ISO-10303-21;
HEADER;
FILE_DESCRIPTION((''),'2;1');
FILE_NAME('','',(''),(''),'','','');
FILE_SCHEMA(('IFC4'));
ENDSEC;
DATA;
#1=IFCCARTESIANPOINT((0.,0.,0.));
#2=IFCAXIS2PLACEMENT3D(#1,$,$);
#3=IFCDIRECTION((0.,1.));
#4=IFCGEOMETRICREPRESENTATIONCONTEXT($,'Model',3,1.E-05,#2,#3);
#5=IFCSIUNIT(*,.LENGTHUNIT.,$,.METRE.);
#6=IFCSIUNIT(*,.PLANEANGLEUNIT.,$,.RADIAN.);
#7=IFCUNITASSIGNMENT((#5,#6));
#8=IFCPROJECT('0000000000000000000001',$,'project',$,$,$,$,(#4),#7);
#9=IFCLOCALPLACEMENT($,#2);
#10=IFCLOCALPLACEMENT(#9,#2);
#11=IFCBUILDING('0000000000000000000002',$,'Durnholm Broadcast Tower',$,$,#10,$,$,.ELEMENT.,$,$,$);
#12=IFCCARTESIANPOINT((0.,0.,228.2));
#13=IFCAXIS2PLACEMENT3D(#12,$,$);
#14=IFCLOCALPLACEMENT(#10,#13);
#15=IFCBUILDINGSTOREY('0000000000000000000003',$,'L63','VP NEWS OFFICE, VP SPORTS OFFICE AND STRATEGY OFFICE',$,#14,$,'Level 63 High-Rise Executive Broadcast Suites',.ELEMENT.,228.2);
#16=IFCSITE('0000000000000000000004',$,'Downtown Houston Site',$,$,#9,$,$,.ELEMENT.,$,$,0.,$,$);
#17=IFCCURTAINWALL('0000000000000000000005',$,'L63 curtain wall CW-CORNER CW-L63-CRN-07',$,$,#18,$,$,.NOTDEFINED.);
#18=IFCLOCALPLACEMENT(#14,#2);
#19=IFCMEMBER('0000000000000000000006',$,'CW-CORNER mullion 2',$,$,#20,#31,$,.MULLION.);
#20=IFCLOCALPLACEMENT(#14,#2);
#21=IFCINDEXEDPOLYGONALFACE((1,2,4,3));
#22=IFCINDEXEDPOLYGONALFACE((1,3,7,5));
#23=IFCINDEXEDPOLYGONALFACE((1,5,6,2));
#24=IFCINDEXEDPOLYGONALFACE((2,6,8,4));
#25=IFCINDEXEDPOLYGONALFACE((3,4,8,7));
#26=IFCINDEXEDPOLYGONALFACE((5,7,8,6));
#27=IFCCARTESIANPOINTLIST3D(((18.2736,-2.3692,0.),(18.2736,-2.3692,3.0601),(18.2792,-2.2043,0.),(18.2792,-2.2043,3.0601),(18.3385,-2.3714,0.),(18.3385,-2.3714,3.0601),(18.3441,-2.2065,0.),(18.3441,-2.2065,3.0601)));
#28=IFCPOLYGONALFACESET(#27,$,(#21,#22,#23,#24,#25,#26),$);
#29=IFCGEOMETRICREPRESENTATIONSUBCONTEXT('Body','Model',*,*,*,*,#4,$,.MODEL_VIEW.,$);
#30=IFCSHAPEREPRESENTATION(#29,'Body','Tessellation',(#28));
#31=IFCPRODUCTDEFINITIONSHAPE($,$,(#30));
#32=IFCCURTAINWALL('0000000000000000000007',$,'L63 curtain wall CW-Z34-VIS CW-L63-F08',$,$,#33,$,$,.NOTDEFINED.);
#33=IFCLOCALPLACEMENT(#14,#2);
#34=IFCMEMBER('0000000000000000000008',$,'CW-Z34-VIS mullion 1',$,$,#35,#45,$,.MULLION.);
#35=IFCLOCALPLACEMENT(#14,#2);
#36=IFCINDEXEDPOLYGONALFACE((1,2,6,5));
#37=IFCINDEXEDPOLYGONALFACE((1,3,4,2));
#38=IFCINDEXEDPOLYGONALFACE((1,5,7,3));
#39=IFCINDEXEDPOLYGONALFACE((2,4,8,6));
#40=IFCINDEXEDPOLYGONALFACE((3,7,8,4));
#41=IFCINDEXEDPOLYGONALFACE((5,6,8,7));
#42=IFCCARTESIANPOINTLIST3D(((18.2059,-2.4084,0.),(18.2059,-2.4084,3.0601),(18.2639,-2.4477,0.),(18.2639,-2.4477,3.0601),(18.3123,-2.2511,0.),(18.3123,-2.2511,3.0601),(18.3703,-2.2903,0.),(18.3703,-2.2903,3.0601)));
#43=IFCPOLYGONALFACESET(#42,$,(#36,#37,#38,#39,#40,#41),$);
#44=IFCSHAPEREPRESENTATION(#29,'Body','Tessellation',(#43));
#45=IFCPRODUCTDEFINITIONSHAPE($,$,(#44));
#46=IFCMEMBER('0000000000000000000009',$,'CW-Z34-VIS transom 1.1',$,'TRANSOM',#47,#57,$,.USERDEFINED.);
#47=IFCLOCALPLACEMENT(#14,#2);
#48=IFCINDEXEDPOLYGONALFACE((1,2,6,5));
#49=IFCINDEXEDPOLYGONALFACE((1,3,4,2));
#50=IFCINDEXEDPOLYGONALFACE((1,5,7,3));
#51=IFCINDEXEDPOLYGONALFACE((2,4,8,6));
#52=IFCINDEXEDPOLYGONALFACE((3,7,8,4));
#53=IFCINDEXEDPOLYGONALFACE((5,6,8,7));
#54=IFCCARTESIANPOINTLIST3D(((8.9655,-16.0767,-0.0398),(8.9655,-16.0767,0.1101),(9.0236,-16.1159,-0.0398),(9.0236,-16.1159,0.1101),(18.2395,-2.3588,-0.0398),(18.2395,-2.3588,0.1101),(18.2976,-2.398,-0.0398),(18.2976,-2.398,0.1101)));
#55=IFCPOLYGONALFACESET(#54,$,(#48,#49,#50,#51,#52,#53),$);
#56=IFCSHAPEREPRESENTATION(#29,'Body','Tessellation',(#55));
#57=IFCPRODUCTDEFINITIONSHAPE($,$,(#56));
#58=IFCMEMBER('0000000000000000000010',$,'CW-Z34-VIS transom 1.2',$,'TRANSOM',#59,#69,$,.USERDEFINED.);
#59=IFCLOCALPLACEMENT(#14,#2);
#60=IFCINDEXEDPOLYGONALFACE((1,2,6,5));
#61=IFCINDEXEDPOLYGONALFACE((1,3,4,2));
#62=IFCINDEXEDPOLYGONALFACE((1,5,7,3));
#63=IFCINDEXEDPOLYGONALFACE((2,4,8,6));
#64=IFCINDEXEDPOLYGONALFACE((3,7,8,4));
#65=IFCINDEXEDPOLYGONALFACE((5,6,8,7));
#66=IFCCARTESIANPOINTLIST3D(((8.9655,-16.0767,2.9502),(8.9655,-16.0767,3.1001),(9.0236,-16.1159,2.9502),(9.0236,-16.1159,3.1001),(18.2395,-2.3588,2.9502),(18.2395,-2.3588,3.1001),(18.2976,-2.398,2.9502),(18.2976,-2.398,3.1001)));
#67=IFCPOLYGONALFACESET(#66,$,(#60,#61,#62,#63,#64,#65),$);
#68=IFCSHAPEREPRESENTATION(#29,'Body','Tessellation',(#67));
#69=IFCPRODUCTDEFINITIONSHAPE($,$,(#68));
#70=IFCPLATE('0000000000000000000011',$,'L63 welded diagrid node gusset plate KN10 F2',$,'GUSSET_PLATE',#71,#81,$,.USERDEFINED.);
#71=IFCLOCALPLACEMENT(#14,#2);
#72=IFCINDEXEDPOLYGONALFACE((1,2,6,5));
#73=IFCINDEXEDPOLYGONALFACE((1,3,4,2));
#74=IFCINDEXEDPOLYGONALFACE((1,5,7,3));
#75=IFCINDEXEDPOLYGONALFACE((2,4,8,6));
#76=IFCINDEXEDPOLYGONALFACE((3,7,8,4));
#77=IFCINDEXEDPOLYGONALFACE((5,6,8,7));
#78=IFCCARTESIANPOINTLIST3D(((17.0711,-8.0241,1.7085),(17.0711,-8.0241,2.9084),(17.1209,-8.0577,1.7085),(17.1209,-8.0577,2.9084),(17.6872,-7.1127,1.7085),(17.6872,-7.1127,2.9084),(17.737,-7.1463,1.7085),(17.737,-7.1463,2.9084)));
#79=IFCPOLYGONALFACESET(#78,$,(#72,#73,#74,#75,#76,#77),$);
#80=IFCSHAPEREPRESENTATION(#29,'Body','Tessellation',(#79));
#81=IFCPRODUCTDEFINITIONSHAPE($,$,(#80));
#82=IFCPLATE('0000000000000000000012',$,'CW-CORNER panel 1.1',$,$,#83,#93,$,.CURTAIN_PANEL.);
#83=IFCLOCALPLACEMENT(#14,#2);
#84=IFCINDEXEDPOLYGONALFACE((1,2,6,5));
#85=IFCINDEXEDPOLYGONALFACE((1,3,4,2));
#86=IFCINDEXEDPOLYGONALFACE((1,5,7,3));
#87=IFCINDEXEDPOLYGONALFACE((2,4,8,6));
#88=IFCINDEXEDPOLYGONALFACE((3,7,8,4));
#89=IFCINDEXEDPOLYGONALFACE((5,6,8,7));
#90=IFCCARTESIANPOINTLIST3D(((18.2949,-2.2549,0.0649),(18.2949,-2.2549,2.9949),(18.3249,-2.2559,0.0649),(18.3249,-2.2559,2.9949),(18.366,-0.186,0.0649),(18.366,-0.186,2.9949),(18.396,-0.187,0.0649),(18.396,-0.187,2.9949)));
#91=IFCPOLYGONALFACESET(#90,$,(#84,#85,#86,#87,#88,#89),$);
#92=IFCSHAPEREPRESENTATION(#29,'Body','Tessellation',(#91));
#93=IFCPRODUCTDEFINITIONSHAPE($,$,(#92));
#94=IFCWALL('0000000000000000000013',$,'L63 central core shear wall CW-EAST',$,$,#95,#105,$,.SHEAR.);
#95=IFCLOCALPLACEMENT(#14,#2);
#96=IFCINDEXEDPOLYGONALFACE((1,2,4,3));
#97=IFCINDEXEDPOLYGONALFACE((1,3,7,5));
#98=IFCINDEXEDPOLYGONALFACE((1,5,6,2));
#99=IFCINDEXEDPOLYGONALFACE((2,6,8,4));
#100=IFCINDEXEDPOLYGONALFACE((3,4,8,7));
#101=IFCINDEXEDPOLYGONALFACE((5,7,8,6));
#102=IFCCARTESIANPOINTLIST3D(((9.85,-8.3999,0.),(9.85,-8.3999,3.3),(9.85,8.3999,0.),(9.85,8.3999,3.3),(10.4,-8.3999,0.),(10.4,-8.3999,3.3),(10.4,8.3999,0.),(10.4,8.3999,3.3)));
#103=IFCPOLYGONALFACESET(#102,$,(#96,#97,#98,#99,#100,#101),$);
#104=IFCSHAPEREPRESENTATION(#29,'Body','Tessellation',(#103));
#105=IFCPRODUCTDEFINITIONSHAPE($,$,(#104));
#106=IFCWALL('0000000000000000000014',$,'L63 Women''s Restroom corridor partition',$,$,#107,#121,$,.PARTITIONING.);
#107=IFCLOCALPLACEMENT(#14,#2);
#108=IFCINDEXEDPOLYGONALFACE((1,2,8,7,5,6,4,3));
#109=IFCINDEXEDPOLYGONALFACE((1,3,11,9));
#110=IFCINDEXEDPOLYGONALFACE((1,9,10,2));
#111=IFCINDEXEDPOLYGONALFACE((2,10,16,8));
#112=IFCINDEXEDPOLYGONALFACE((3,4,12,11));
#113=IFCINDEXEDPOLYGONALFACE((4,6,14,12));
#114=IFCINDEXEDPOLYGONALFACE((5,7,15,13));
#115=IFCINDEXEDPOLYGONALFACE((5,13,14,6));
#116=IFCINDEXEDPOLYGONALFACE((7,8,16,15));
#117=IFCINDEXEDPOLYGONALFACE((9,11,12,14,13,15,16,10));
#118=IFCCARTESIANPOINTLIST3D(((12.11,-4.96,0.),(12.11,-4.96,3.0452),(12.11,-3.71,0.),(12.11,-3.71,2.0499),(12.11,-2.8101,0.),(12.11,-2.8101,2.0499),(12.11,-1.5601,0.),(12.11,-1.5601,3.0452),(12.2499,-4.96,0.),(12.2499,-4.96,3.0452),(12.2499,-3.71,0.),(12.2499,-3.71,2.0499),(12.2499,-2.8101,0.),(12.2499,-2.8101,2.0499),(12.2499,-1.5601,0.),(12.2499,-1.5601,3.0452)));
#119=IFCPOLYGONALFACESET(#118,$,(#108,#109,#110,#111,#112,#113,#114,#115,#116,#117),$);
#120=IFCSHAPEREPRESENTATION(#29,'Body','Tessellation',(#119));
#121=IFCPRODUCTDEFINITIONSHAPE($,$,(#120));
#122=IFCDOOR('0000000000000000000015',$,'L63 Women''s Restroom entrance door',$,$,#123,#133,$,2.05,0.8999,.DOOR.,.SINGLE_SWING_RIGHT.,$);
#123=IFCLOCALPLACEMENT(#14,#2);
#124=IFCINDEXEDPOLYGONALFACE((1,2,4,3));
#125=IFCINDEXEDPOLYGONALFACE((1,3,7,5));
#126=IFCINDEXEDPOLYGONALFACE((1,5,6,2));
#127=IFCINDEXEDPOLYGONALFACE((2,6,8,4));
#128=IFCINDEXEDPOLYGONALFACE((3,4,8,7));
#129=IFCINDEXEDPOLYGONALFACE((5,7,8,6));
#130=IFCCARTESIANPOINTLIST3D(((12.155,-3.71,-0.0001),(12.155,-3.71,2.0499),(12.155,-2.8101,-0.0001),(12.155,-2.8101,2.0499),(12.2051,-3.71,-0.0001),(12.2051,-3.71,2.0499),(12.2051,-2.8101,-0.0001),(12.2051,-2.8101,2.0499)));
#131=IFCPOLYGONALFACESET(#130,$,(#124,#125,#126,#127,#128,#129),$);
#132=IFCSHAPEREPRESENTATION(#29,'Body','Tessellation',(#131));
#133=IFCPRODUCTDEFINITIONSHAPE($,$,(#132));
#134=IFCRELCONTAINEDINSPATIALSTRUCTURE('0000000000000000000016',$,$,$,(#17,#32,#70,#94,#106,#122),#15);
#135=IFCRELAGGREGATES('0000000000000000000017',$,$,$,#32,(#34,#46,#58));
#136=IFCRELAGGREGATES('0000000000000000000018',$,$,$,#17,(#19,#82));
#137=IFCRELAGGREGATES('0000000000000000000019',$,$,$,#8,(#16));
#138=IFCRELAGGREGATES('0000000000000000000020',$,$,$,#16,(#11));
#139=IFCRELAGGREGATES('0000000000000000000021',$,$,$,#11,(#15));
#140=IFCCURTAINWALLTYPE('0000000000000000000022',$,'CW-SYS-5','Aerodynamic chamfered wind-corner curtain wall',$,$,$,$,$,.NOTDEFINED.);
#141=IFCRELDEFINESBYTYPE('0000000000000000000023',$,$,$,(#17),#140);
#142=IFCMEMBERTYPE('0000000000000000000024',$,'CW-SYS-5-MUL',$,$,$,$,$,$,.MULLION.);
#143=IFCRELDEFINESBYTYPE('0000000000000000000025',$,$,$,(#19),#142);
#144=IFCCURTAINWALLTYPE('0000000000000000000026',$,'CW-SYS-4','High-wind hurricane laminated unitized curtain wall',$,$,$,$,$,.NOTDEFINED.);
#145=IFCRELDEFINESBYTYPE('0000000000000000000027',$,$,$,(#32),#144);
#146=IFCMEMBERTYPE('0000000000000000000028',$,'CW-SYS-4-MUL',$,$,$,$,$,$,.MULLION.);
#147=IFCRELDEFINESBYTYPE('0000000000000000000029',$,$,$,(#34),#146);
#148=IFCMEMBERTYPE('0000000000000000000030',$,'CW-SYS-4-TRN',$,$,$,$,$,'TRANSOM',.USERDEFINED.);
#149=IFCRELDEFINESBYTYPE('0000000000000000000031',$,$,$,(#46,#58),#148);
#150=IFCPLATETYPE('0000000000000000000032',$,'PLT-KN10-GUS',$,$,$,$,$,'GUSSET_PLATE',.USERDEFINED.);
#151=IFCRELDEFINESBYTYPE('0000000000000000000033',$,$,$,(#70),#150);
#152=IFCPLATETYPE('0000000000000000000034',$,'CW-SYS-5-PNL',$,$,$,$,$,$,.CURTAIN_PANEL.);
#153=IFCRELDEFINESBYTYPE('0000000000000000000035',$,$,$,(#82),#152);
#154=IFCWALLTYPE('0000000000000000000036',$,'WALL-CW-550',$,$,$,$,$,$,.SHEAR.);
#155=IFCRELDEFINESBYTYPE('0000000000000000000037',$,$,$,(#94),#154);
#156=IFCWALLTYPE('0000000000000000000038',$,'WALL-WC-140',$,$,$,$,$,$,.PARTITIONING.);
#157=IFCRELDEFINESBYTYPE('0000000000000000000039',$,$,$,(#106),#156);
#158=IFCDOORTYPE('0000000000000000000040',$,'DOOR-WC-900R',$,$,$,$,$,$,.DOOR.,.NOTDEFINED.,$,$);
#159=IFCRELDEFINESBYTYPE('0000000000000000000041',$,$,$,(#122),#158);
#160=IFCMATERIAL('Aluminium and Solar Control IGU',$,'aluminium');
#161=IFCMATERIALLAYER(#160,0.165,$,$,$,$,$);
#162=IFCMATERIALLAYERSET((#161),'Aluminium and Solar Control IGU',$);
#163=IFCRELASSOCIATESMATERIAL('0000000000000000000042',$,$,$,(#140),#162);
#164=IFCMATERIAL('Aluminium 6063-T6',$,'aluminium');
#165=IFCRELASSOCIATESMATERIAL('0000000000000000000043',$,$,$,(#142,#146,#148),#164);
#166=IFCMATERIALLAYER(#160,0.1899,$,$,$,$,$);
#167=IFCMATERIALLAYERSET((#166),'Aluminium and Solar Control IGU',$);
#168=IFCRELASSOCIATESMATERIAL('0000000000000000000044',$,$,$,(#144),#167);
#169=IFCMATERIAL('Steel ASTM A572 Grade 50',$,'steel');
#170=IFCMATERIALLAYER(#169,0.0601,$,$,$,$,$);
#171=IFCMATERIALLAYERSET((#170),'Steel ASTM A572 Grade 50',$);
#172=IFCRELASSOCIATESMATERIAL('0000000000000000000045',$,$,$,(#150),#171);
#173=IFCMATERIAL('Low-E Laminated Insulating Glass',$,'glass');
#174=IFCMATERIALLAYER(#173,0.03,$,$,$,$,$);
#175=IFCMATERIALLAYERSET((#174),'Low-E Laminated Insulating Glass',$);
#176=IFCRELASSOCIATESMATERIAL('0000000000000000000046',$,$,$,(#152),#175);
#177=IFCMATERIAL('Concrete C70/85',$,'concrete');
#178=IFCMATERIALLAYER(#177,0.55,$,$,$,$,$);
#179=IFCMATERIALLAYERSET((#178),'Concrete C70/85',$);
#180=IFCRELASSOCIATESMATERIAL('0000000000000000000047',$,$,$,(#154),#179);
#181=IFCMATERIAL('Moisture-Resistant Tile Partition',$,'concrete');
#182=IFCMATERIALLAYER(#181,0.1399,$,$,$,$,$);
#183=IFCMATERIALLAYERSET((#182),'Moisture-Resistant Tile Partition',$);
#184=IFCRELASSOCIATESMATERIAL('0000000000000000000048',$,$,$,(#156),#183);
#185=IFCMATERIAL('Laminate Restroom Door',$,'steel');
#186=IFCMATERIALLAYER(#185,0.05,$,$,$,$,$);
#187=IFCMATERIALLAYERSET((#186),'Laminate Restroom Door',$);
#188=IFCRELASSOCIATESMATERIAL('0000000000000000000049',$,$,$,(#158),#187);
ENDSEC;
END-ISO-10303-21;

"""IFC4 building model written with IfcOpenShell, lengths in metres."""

from ifc_helpers import new_model, si_unit, direction, frame, frame_2d, origin, origin_2d, place, context, subcontext, project, spatial, rectangle, extrude, source, transform, mapped, material, layer, layer_set, material_profile, profile_set, type_object, type_shapes, element, fill, aggregate, save


model = new_model("IFC4")

# Units and contexts
model_context = context("Model", 3, precision=1e-05, world=origin(), true_north=direction((0.0, 1.0)))
body_context = subcontext(model_context, "Body", "Model", "MODEL_VIEW")
ifc_project = project(units=[si_unit("LENGTHUNIT", "METRE"), si_unit("PLANEANGLEUNIT", "RADIAN")], contexts=[model_context])

# Site, building, storey
site_placement = place(None, origin())
site = spatial("IfcSite", under=ifc_project, at=site_placement, Name="Downtown Houston Site", CompositionType="ELEMENT", RefElevation=0.0)
building_placement = place(site_placement, origin())
building = spatial("IfcBuilding", under=site, at=building_placement, Name="Durnholm Broadcast Tower", CompositionType="ELEMENT")
storey_placement = place(building_placement, frame((0.0, 0.0, 228.2)))
storey = spatial("IfcBuildingStorey", under=building, at=storey_placement, Name="L63", Description="VP NEWS OFFICE, VP SPORTS OFFICE AND STRATEGY OFFICE", LongName="Level 63 High-Rise Executive Broadcast Suites", CompositionType="ELEMENT", Elevation=228.2)

# Shared definitions
ifc_material_1 = material(Name="Concrete C70/85", Category="concrete")

# Curtain wall, member
ifc_material_2 = material(Name="Aluminium and Solar Control IGU", Category="aluminium")
ifc_layer_1 = layer(ifc_material_2, 0.165)
ifc_layer_set_1 = layer_set([ifc_layer_1], Name="Aluminium and Solar Control IGU")
curtain_wall_type_1 = type_object("IfcCurtainWallType", Name="CW-SYS-5", Description="Aerodynamic chamfered wind-corner curtain wall", PredefinedType="NOTDEFINED", material=ifc_layer_set_1)
curtain_wall_1_placement = place(storey_placement, origin())
curtain_wall_1 = element("IfcCurtainWall", 1, at=curtain_wall_1_placement, inside=storey, type_object=curtain_wall_type_1, Name="L63 curtain wall CW-CORNER CW-L63-CRN-07", PredefinedType="NOTDEFINED")
ifc_material_3 = material(Name="Aluminium 6063-T6", Category="aluminium")
ifc_material_profile_1 = material_profile(ifc_material_3, rectangle(XDim=0.0649, YDim=0.165, at=origin_2d()), Name="CWM65X165")
ifc_profile_set_1 = profile_set([ifc_material_profile_1], Name="Aluminium 6063-T6")
member_type_1 = type_object("IfcMemberType", Name="CW-SYS-5-MUL", PredefinedType="MULLION", material=ifc_profile_set_1)
shared_shape_1 = source(origin(), body_context, "Body", "SweptSolid", [
    extrude(rectangle(XDim=0.0649, YDim=0.165, at=origin_2d()), origin(), (0.0, 0.0, 1.0), 3.0601),
])
type_shapes(member_type_1, [shared_shape_1])
member_1_placement = place(storey_placement, frame((18.3088, -2.2878, 0.0), z_axis=(0.0, 0.0, 1.0), x_axis=(0.999411, -0.034318, 0.0)))
member_1 = element("IfcMember", 2, at=member_1_placement, type_object=member_type_1, Name="CW-CORNER mullion 2", PredefinedType="MULLION", context=body_context, shape_type="MappedRepresentation", body=[
    mapped(shared_shape_1, transform((0.0, 0.0, 0.0), x_axis=(1.0, 0.0, 0.0), y_axis=(0.0, 1.0, 0.0), z_axis=(0.0, 0.0, 1.0), scale=1.0)),
])

# Curtain wall, members
ifc_layer_2 = layer(ifc_material_2, 0.1899)
ifc_layer_set_2 = layer_set([ifc_layer_2], Name="Aluminium and Solar Control IGU")
curtain_wall_type_2 = type_object("IfcCurtainWallType", Name="CW-SYS-4", Description="High-wind hurricane laminated unitized curtain wall", PredefinedType="NOTDEFINED", material=ifc_layer_set_2)
curtain_wall_2_placement = place(storey_placement, origin())
curtain_wall_2 = element("IfcCurtainWall", 3, at=curtain_wall_2_placement, inside=storey, type_object=curtain_wall_type_2, Name="L63 curtain wall CW-Z34-VIS CW-L63-F08", PredefinedType="NOTDEFINED")
ifc_material_profile_2 = material_profile(ifc_material_3, rectangle(XDim=0.0701, YDim=0.1899, at=origin_2d()), Name="CWM70X190")
ifc_profile_set_2 = profile_set([ifc_material_profile_2], Name="Aluminium 6063-T6")
member_type_2 = type_object("IfcMemberType", Name="CW-SYS-4-MUL", PredefinedType="MULLION", material=ifc_profile_set_2)
shared_shape_2 = source(origin(), body_context, "Body", "SweptSolid", [
    extrude(rectangle(XDim=0.0701, YDim=0.1899, at=origin_2d()), origin(), (0.0, 0.0, 1.0), 3.0601),
])
type_shapes(member_type_2, [shared_shape_2])
member_2_placement = place(storey_placement, frame((18.2881, -2.3494, 0.0), z_axis=(0.0, 0.0, 1.0), x_axis=(0.828443, -0.560073, 0.0)))
member_2 = element("IfcMember", 4, at=member_2_placement, type_object=member_type_2, Name="CW-Z34-VIS mullion 1", PredefinedType="MULLION", context=body_context, shape_type="MappedRepresentation", body=[
    mapped(shared_shape_2, transform((0.0, 0.0, 0.0), x_axis=(1.0, 0.0, 0.0), y_axis=(0.0, 1.0, 0.0), z_axis=(0.0, 0.0, 1.0), scale=1.0)),
])
ifc_material_profile_3 = material_profile(ifc_material_3, rectangle(XDim=0.0701, YDim=0.1499, at=origin_2d()), Name="CWT70X150")
ifc_profile_set_3 = profile_set([ifc_material_profile_3], Name="Aluminium 6063-T6")
member_type_3 = type_object("IfcMemberType", Name="CW-SYS-4-TRN", ElementType="TRANSOM", PredefinedType="USERDEFINED", material=ifc_profile_set_3)
shared_shape_3 = source(origin(), body_context, "Body", "SweptSolid", [
    extrude(rectangle(XDim=0.0701, YDim=0.1499, at=origin_2d()), origin(), (0.0, 0.0, 1.0), 16.5586),
])
type_shapes(member_type_3, [shared_shape_3])
member_3_placement = place(storey_placement, frame((18.2686, -2.3784, 0.0352), z_axis=(-0.560071, -0.828444, 0.0), x_axis=(0.828444, -0.560071, 0.0)))
member_3 = element("IfcMember", 5, at=member_3_placement, type_object=member_type_3, Name="CW-Z34-VIS transom 1.1", ObjectType="TRANSOM", PredefinedType="USERDEFINED", context=body_context, shape_type="MappedRepresentation", body=[
    mapped(shared_shape_3, transform((0.0, 0.0, 0.0), x_axis=(1.0, 0.0, 0.0), y_axis=(0.0, 1.0, 0.0), z_axis=(0.0, 0.0, 1.0), scale=1.0)),
])
member_4_placement = place(storey_placement, frame((18.2686, -2.3784, 3.0251), z_axis=(-0.560071, -0.828444, 0.0), x_axis=(0.828444, -0.560071, 0.0)))
member_4 = element("IfcMember", 6, at=member_4_placement, type_object=member_type_3, Name="CW-Z34-VIS transom 1.2", ObjectType="TRANSOM", PredefinedType="USERDEFINED", context=body_context, shape_type="MappedRepresentation", body=[
    mapped(shared_shape_3, transform((0.0, 0.0, 0.0), x_axis=(1.0, 0.0, 0.0), y_axis=(0.0, 1.0, 0.0), z_axis=(0.0, 0.0, 1.0), scale=1.0)),
])
aggregate(curtain_wall_2, [member_2, member_3, member_4])

# Plates
ifc_material_4 = material(Name="Steel ASTM A572 Grade 50", Category="steel")
ifc_layer_3 = layer(ifc_material_4, 0.0601)
ifc_layer_set_3 = layer_set([ifc_layer_3], Name="Steel ASTM A572 Grade 50")
plate_type_1 = type_object("IfcPlateType", Name="PLT-KN10-GUS", ElementType="GUSSET_PLATE", PredefinedType="USERDEFINED", material=ifc_layer_set_3)
shared_shape_4 = source(origin(), body_context, "Body", "SweptSolid", [
    extrude(rectangle(XDim=1.1001, YDim=0.0601, at=origin_2d()), origin(), (0.0, 0.0, 1.0), 1.2),
])
type_shapes(plate_type_1, [shared_shape_4])
plate_1_placement = place(storey_placement, frame((17.4041, -7.5852, 1.7085), z_axis=(0.0, 0.0, 1.0), x_axis=(0.560061, 0.828452, 0.0)))
element("IfcPlate", 7, at=plate_1_placement, inside=storey, type_object=plate_type_1, Name="L63 welded diagrid node gusset plate KN10 F2", ObjectType="GUSSET_PLATE", PredefinedType="USERDEFINED", context=body_context, shape_type="MappedRepresentation", body=[
    mapped(shared_shape_4, transform((0.0, 0.0, 0.0), x_axis=(1.0, 0.0, 0.0), y_axis=(0.0, 1.0, 0.0), z_axis=(0.0, 0.0, 1.0), scale=1.0)),
])
ifc_material_5 = material(Name="Low-E Laminated Insulating Glass", Category="glass")
ifc_layer_4 = layer(ifc_material_5, 0.03)
ifc_layer_set_4 = layer_set([ifc_layer_4], Name="Low-E Laminated Insulating Glass")
plate_type_2 = type_object("IfcPlateType", Name="CW-SYS-5-PNL", PredefinedType="CURTAIN_PANEL", material=ifc_layer_set_4)
shared_shape_5 = source(origin(), body_context, "Body", "SweptSolid", [
    extrude(rectangle(XDim=2.0701, YDim=0.03, at=origin_2d()), origin(), (0.0, 0.0, 1.0), 2.9299),
])
type_shapes(plate_type_2, [shared_shape_5])
plate_2_placement = place(storey_placement, frame((18.3455, -1.2209, 0.0649), z_axis=(0.0, 0.0, 1.0), x_axis=(-0.034318, -0.999411, 0.0)))
plate_2 = element("IfcPlate", 8, at=plate_2_placement, type_object=plate_type_2, Name="CW-CORNER panel 1.1", PredefinedType="CURTAIN_PANEL", context=body_context, shape_type="MappedRepresentation", body=[
    mapped(shared_shape_5, transform((0.0, 0.0, 0.0), x_axis=(1.0, 0.0, 0.0), y_axis=(0.0, 1.0, 0.0), z_axis=(0.0, 0.0, 1.0), scale=1.0)),
])
aggregate(curtain_wall_1, [member_1, plate_2])

# Wall
ifc_layer_5 = layer(ifc_material_1, 0.55)
ifc_layer_set_5 = layer_set([ifc_layer_5], Name="Concrete C70/85")
wall_type_1 = type_object("IfcWallType", Name="WALL-CW-550", PredefinedType="SHEAR", material=ifc_layer_set_5)
wall_1_placement = place(storey_placement, frame((10.125, -8.3999, 0.0), z_axis=(0.0, 0.0, 1.0), x_axis=(0.0, 1.0, 0.0)))
element("IfcWall", 9, at=wall_1_placement, inside=storey, type_object=wall_type_1, Name="L63 central core shear wall CW-EAST", PredefinedType="SHEAR", context=body_context, shape_type="SweptSolid", body=[
    extrude(rectangle(XDim=16.7998, YDim=0.55, at=frame_2d((8.3999, 0.0))), origin(), (0.0, 0.0, 1.0), 3.3),
])

# Wall, opening, door
ifc_material_6 = material(Name="Moisture-Resistant Tile Partition", Category="concrete")
ifc_layer_6 = layer(ifc_material_6, 0.1399)
ifc_layer_set_6 = layer_set([ifc_layer_6], Name="Moisture-Resistant Tile Partition")
wall_type_2 = type_object("IfcWallType", Name="WALL-WC-140", PredefinedType="PARTITIONING", material=ifc_layer_set_6)
wall_2_placement = place(storey_placement, frame((12.1799, -4.96, 0.0), z_axis=(0.0, 0.0, 1.0), x_axis=(0.0, 1.0, 0.0)))
wall_2 = element("IfcWall", 10, at=wall_2_placement, inside=storey, type_object=wall_type_2, Name="L63 Women's Restroom corridor partition", PredefinedType="PARTITIONING", context=body_context, shape_type="SweptSolid", body=[
    extrude(rectangle(XDim=3.3999, YDim=0.1399, at=frame_2d((1.7, 0.0))), origin(), (0.0, 0.0, 1.0), 3.0452),
])
opening_1_placement = place(wall_2_placement, frame((1.25, 0.0, 0.0)))
opening_1 = element("IfcOpeningElement", 11, at=opening_1_placement, cuts=wall_2, PredefinedType="OPENING", context=body_context, shape_type="SweptSolid", body=[
    extrude(rectangle(XDim=0.8999, YDim=2.05, at=frame_2d((0.45, 1.0249))), frame((0.0, 0.0801, 0.0), z_axis=(0.0, -1.0, 0.0), x_axis=(1.0, 0.0, 0.0)), (0.0, 0.0, 1.0), 0.1599),
])
ifc_material_7 = material(Name="Laminate Restroom Door", Category="steel")
ifc_layer_7 = layer(ifc_material_7, 0.05)
ifc_layer_set_7 = layer_set([ifc_layer_7], Name="Laminate Restroom Door")
door_type_1 = type_object("IfcDoorType", Name="DOOR-WC-900R", OperationType="NOTDEFINED", PredefinedType="DOOR", material=ifc_layer_set_7)
shared_shape_6 = source(origin(), body_context, "Body", "SweptSolid", [
    extrude(rectangle(XDim=0.8999, YDim=2.05, at=frame_2d((0.45, 1.0249))), frame((0.0, 0.0249, 0.0), z_axis=(0.0, -1.0, 0.0), x_axis=(1.0, 0.0, 0.0)), (0.0, 0.0, 1.0), 0.05),
])
type_shapes(door_type_1, [shared_shape_6])
door_1_placement = place(opening_1_placement, origin())
door_1 = element("IfcDoor", 12, at=door_1_placement, inside=storey, type_object=door_type_1, Name="L63 Women's Restroom entrance door", OperationType="SINGLE_SWING_RIGHT", OverallHeight=2.05, OverallWidth=0.8999, PredefinedType="DOOR", context=body_context, shape_type="MappedRepresentation", body=[
    mapped(shared_shape_6, transform((0.0, 0.0, 0.0), x_axis=(1.0, 0.0, 0.0), y_axis=(0.0, 1.0, 0.0), z_axis=(0.0, 0.0, 1.0), scale=1.0)),
])
fill(opening_1, door_1)

save(model, "model.ifc")
